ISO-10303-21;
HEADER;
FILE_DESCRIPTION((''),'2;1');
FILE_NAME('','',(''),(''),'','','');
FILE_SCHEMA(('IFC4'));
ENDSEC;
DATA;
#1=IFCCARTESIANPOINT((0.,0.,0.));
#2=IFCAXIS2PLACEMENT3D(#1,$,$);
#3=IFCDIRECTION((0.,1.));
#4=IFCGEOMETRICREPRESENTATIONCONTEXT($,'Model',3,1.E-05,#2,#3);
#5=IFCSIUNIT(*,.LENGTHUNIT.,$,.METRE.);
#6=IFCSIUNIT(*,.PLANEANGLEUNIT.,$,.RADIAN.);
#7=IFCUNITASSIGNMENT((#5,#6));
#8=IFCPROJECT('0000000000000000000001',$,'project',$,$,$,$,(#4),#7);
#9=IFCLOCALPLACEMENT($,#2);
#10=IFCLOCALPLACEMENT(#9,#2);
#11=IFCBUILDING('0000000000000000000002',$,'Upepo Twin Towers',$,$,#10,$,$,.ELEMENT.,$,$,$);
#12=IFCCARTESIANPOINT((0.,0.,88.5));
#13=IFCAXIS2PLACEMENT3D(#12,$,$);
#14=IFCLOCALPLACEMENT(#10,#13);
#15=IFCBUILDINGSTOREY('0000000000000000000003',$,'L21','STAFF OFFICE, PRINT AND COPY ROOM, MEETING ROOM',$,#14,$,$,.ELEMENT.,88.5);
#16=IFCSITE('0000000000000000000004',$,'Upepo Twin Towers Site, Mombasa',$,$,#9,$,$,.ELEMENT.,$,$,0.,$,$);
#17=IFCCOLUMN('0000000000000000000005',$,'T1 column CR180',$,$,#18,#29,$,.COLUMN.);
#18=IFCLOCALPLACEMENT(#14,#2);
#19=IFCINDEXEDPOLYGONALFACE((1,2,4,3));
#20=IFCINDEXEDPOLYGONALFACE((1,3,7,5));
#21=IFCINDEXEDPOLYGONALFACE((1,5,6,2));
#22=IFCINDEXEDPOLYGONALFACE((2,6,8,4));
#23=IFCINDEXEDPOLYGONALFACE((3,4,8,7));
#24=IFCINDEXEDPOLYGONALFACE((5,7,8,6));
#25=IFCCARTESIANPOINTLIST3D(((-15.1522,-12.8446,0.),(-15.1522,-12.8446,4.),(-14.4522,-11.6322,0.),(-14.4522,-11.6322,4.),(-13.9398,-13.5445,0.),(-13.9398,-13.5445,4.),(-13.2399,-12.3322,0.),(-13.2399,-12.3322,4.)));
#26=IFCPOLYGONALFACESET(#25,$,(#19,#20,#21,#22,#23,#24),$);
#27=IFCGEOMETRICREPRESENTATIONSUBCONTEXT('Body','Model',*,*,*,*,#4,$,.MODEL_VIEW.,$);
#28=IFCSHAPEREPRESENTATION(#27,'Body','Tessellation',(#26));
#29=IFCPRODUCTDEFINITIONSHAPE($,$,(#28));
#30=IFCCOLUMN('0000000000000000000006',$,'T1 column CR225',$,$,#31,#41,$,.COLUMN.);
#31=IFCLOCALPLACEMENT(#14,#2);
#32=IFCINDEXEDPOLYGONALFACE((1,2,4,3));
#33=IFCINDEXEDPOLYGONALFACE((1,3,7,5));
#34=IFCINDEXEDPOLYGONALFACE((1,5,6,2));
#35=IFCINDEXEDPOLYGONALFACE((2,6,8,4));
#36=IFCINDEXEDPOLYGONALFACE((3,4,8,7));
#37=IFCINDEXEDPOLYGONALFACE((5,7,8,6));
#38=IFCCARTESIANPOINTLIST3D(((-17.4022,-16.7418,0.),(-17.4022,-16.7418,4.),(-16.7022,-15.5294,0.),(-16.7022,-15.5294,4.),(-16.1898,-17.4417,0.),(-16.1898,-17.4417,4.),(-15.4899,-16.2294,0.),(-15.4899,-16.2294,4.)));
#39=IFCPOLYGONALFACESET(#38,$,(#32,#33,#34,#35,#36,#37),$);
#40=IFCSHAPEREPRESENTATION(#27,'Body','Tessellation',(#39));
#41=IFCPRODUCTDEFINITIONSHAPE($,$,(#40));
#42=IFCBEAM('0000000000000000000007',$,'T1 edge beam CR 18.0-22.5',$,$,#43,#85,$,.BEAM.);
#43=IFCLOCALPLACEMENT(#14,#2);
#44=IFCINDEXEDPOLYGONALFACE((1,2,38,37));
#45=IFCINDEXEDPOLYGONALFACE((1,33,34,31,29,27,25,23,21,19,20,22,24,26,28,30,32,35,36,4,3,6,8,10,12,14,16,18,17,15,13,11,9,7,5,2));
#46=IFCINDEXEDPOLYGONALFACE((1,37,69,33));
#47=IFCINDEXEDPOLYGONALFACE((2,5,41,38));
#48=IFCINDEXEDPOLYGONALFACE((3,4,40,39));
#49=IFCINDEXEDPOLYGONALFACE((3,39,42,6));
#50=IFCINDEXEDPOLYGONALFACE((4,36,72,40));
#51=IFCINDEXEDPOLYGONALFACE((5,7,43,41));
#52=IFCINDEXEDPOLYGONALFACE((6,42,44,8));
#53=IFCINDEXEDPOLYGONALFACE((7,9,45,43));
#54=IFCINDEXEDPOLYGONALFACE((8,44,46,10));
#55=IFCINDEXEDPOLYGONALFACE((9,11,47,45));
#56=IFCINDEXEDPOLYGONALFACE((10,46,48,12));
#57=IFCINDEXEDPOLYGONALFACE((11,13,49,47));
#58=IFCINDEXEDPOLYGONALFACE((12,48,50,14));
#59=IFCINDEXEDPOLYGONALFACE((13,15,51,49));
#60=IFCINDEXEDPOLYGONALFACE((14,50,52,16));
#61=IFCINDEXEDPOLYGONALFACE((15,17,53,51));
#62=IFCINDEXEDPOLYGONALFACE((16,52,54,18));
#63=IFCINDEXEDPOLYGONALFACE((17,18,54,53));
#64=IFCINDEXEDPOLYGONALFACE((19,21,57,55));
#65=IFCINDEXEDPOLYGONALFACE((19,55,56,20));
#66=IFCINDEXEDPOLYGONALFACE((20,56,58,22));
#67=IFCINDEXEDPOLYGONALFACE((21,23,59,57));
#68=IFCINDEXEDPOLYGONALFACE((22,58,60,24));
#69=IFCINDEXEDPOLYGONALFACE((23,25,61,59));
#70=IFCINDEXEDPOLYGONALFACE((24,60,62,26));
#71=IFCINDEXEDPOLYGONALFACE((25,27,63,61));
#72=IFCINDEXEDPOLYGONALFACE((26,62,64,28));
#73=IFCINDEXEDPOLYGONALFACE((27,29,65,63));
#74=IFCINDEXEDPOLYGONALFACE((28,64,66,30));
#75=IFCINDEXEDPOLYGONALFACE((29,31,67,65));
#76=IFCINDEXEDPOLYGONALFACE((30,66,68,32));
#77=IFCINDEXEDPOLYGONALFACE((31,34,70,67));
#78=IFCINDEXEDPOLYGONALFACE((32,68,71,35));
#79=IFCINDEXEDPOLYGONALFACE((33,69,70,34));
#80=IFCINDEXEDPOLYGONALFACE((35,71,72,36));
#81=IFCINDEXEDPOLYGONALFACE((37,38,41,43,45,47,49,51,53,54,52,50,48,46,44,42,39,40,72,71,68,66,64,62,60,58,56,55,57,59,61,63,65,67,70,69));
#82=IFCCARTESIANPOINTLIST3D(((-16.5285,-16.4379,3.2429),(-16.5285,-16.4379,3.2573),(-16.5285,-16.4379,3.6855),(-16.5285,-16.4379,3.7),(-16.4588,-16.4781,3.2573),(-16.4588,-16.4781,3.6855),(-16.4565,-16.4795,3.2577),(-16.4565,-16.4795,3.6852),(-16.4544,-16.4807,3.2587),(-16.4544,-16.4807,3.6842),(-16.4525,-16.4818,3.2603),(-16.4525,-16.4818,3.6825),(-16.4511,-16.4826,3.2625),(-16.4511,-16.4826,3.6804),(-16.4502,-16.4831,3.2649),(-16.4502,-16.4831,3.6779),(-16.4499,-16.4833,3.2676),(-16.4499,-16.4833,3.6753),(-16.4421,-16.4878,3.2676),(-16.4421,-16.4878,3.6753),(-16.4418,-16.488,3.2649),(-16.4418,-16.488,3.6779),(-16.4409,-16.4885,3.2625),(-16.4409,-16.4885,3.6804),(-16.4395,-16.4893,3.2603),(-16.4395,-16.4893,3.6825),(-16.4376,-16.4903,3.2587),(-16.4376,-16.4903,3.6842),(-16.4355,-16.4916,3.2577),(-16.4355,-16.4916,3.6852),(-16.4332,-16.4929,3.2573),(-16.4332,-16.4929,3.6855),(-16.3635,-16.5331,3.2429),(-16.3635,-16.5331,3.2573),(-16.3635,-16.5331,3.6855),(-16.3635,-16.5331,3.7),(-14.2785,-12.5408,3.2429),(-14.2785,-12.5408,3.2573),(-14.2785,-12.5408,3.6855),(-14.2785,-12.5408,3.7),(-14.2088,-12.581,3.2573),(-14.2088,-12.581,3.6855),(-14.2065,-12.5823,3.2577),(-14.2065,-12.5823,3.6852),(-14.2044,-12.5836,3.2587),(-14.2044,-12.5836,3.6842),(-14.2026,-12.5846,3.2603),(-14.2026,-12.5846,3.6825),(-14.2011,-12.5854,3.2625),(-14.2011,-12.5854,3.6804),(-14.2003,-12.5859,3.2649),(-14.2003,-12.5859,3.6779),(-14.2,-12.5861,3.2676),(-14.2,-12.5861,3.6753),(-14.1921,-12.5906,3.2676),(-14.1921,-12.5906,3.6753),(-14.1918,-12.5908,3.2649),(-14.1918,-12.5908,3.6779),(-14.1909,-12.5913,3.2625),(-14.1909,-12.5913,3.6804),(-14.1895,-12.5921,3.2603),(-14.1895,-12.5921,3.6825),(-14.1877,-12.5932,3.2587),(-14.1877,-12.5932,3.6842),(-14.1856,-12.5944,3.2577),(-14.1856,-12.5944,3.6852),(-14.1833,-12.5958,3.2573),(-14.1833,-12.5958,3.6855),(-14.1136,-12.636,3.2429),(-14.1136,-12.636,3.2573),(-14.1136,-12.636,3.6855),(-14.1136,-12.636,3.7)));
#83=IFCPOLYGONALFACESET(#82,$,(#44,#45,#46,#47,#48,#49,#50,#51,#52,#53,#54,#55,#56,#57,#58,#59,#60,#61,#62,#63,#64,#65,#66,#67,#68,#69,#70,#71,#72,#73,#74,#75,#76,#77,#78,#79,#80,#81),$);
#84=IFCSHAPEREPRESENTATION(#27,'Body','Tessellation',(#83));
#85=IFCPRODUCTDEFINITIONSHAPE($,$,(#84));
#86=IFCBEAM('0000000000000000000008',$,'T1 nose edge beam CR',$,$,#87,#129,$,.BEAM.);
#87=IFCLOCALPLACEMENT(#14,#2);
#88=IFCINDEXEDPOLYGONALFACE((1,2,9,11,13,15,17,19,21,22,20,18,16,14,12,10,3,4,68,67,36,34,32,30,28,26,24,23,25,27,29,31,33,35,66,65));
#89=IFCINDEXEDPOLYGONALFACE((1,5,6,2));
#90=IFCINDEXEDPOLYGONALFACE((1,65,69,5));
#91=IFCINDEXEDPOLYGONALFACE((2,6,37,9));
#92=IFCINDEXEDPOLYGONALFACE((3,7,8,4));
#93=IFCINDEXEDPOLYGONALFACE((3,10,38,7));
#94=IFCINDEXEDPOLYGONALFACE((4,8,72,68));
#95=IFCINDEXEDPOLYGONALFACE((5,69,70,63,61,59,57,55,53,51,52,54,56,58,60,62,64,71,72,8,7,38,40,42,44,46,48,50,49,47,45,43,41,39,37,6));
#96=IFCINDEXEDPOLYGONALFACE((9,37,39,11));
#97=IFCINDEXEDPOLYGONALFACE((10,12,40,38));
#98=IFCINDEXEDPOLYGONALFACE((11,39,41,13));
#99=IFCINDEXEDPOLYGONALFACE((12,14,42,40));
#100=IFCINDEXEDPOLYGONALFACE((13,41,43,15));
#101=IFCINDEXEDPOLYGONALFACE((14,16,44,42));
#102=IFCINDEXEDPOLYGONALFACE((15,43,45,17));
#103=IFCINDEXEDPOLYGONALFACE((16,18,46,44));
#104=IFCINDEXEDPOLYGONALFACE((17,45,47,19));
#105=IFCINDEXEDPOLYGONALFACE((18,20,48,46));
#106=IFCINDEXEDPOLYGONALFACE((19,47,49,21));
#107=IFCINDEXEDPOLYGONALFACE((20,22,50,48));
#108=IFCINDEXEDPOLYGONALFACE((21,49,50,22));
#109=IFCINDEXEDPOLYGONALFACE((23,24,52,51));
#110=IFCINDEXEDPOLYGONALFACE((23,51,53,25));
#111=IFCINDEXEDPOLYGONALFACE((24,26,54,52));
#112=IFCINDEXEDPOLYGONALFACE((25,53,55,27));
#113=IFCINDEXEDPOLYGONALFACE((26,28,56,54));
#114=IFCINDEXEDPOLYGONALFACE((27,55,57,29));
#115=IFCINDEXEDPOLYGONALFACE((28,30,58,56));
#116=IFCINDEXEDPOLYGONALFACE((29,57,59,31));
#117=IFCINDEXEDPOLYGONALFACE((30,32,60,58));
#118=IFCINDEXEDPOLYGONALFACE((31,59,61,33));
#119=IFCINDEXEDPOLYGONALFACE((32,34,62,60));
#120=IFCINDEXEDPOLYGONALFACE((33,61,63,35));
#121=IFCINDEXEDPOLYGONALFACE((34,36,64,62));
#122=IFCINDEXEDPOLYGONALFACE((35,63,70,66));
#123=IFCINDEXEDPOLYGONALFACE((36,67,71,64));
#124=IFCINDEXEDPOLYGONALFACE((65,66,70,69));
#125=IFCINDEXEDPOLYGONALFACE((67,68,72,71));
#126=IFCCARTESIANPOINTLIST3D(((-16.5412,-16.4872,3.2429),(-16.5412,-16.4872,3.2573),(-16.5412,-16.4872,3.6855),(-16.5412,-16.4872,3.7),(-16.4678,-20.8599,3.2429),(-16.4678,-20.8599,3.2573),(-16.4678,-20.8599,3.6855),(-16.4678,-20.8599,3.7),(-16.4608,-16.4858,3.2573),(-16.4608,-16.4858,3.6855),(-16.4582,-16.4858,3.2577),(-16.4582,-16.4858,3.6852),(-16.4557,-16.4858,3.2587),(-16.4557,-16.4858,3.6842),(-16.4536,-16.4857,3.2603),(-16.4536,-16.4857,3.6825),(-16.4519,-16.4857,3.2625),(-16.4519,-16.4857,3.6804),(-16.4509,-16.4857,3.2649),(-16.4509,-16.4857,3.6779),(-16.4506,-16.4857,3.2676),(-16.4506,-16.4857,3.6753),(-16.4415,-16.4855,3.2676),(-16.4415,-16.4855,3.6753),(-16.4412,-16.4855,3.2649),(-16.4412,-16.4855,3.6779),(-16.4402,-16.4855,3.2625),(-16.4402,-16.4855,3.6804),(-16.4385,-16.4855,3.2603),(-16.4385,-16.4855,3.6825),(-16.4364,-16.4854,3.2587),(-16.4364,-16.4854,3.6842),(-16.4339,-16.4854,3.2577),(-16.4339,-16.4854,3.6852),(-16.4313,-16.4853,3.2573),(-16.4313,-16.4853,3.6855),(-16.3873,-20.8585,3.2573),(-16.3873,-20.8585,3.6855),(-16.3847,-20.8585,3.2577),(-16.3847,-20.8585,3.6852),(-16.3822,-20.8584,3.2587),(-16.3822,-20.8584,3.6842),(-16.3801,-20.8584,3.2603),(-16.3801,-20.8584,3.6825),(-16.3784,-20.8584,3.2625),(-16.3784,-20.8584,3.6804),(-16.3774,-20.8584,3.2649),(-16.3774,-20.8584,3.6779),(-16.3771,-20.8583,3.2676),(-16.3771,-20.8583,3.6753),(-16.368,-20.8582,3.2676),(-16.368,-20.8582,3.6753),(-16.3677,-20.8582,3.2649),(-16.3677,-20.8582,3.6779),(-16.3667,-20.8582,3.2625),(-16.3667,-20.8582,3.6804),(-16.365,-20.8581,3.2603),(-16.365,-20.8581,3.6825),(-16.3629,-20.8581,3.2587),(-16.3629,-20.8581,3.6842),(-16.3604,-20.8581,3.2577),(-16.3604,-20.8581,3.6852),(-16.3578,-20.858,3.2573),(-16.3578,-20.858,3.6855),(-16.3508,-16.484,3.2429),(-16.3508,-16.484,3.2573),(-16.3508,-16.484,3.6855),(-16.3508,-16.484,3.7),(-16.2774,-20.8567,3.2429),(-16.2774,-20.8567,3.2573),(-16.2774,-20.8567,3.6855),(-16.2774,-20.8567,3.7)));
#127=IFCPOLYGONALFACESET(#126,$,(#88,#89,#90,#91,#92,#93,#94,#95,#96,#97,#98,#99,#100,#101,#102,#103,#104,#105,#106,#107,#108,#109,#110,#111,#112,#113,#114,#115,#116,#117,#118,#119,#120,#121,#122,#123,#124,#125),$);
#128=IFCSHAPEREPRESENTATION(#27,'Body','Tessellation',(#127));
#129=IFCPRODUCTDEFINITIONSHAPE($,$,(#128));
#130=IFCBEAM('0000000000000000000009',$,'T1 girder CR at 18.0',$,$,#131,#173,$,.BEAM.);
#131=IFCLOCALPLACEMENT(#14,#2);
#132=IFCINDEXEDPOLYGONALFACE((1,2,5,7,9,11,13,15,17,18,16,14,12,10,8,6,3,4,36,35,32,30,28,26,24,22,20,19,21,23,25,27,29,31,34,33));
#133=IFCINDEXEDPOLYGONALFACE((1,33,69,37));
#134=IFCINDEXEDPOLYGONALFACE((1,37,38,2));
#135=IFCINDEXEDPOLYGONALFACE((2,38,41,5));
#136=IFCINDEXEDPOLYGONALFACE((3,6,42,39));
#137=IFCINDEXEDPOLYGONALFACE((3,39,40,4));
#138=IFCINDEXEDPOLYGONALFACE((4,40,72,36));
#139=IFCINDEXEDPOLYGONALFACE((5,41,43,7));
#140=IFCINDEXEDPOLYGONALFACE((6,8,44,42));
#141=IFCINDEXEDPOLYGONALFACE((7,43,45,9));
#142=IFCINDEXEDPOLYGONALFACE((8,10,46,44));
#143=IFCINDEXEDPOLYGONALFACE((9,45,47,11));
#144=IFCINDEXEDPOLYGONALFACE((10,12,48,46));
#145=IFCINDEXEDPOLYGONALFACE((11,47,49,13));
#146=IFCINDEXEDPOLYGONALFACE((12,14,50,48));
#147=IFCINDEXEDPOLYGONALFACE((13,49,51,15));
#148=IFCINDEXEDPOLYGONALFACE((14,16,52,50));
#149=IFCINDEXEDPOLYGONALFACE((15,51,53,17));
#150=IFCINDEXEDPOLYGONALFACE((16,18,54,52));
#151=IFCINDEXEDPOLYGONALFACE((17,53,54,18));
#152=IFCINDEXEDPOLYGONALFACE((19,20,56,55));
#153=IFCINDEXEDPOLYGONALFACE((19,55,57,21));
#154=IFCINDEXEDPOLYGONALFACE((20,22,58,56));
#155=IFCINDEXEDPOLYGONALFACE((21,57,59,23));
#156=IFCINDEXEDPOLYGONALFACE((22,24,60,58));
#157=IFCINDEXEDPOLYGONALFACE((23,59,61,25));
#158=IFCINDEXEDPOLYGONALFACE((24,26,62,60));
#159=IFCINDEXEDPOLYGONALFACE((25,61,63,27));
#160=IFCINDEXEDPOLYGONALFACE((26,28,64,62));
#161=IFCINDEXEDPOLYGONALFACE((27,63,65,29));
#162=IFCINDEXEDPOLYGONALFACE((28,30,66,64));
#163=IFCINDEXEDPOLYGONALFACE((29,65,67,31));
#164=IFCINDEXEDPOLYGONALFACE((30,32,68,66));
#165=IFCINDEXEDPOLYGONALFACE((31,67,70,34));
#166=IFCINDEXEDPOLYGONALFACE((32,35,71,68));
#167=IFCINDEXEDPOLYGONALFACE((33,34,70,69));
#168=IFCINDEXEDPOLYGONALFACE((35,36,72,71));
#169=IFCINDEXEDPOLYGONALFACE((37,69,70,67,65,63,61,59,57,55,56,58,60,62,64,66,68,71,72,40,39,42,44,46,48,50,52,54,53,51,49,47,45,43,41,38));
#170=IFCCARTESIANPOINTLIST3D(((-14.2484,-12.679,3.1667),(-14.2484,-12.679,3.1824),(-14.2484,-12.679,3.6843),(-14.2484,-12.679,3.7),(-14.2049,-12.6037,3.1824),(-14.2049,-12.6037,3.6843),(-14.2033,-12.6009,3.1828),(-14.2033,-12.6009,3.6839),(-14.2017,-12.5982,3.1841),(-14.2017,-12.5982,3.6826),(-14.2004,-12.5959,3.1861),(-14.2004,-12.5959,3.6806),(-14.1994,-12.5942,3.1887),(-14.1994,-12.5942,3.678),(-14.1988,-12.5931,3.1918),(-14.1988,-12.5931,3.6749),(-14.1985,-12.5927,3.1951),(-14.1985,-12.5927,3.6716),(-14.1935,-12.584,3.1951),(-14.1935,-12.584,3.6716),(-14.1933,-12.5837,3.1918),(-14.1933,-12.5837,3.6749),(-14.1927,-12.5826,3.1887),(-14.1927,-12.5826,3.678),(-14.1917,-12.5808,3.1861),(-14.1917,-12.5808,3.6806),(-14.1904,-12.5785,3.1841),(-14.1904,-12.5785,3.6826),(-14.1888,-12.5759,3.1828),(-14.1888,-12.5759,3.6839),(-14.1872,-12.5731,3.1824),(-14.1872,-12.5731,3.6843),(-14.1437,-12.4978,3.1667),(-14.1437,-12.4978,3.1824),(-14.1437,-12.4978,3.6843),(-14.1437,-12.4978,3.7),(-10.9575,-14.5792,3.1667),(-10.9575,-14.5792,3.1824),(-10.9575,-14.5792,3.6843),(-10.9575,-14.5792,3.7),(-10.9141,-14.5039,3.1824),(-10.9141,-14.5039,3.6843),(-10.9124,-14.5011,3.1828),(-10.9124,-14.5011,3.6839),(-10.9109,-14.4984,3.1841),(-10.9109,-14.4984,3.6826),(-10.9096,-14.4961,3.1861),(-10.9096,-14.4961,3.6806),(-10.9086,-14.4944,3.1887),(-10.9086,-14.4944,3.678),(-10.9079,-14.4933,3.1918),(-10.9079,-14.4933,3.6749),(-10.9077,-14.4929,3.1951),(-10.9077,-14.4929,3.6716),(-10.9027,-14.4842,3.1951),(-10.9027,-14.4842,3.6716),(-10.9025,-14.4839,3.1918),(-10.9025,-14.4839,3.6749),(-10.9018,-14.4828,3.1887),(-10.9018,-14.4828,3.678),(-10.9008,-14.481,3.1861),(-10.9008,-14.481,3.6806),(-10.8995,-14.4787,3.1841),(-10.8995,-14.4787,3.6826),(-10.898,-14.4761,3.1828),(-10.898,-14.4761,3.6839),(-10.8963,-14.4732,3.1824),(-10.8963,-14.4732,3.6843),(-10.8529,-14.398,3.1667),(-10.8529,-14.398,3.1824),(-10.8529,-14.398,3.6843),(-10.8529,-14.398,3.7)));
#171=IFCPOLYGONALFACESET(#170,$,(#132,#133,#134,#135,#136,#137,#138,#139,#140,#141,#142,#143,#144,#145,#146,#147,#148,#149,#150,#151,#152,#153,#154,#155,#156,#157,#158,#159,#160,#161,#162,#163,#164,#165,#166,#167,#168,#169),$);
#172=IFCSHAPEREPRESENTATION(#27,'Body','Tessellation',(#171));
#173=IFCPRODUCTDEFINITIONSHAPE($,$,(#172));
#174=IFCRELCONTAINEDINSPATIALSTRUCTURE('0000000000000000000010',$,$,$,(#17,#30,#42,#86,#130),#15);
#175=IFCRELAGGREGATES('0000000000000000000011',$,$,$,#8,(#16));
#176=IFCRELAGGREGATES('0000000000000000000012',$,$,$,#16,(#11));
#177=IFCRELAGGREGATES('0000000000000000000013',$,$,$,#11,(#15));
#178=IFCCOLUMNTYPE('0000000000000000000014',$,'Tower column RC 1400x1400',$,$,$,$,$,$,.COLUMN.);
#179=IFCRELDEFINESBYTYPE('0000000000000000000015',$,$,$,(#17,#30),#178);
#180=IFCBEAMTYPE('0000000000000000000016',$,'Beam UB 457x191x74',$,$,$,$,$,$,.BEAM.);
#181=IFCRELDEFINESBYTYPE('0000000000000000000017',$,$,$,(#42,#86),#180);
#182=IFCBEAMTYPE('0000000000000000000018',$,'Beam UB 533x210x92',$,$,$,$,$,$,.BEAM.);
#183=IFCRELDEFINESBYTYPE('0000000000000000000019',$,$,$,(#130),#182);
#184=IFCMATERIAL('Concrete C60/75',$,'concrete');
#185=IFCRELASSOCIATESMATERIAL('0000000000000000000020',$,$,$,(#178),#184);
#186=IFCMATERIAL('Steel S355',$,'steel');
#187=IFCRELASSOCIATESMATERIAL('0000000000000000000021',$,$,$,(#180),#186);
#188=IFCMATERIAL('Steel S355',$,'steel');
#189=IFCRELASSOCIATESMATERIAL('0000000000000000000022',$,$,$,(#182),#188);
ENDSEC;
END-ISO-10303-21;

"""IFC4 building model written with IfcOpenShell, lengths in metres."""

from ifc_helpers import new_model, si_unit, direction, frame, origin, origin_2d, place, context, subcontext, project, spatial, rectangle, i_section, extrude, material, material_profile, profile_set, type_object, element, save


model = new_model("IFC4")

# Units and contexts
model_context = context("Model", 3, precision=1e-05, world=origin(), true_north=direction((0.0, 1.0)))
body_context = subcontext(model_context, "Body", "Model", "MODEL_VIEW")
ifc_project = project(units=[si_unit("LENGTHUNIT", "METRE"), si_unit("PLANEANGLEUNIT", "RADIAN")], contexts=[model_context])

# Site, building, storey
site_placement = place(None, origin())
site = spatial("IfcSite", under=ifc_project, at=site_placement, Name="Upepo Twin Towers Site, Mombasa", CompositionType="ELEMENT", RefElevation=0.0)
building_placement = place(site_placement, origin())
building = spatial("IfcBuilding", under=site, at=building_placement, Name="Upepo Twin Towers", CompositionType="ELEMENT")
storey_placement = place(building_placement, frame((0.0, 0.0, 88.5)))
storey = spatial("IfcBuildingStorey", under=building, at=storey_placement, Name="L21", Description="STAFF OFFICE, PRINT AND COPY ROOM, MEETING ROOM", CompositionType="ELEMENT", Elevation=88.5)

# Columns
ifc_material_1 = material(Name="Concrete C60/75", Category="concrete")
ifc_material_profile_1 = material_profile(ifc_material_1, rectangle(XDim=1.3999, YDim=1.3999, at=origin_2d()), Name="RC 1400x1400")
ifc_profile_set_1 = profile_set([ifc_material_profile_1], Name="Concrete C60/75")
column_type = type_object("IfcColumnType", Name="Tower column RC 1400x1400", PredefinedType="COLUMN", material=ifc_profile_set_1)
for number, where, z_axis, x_axis, name in (
    (1, (-14.196, -12.5884, 0.0), (0.0, 0.0, 1.0), (0.5, 0.866025, 0.0), "T1 column CR180"),
    (2, (-16.446, -16.4856, 0.0), (0.0, 0.0, 1.0), (0.5, 0.866025, 0.0), "T1 column CR225"),
):
    element("IfcColumn", number, at=place(storey_placement, frame(where, z_axis=z_axis, x_axis=x_axis)), inside=storey, type_object=column_type, Name=name, PredefinedType="COLUMN", context=body_context, shape_type="SweptSolid", body=[
        extrude(rectangle(XDim=1.3999, YDim=1.3999, at=origin_2d()), origin(), (0.0, 0.0, 1.0), 4.0),
    ])

# Beams
ifc_material_2 = material(Name="Steel S355", Category="steel")
ifc_material_profile_2 = material_profile(ifc_material_2, i_section(OverallWidth=0.1904, OverallDepth=0.457, WebThickness=0.009, FlangeThickness=0.0144, FilletRadius=0.0103, at=origin_2d()), Name="UB 457x191x74")
ifc_profile_set_2 = profile_set([ifc_material_profile_2], Name="Steel S355")
beam_type_1 = type_object("IfcBeamType", Name="Beam UB 457x191x74", PredefinedType="BEAM", material=ifc_profile_set_2)
beam_1_placement = place(storey_placement, frame((-14.196, -12.5884, 3.4714), z_axis=(-0.49999, -0.866031, 0.0), x_axis=(0.866031, -0.49999, 0.0)))
element("IfcBeam", 3, at=beam_1_placement, inside=storey, type_object=beam_type_1, Name="T1 edge beam CR 18.0-22.5", PredefinedType="BEAM", context=body_context, shape_type="SweptSolid", body=[
    extrude(i_section(OverallWidth=0.1904, OverallDepth=0.457, WebThickness=0.009, FlangeThickness=0.0144, FilletRadius=0.0103, at=origin_2d()), origin(), (0.0, 0.0, 1.0), 4.5),
])
beam_2_placement = place(storey_placement, frame((-16.446, -16.4856, 3.4714), z_axis=(0.016804, -0.999859, 0.0), x_axis=(0.999859, 0.016804, 0.0)))
element("IfcBeam", 4, at=beam_2_placement, inside=storey, type_object=beam_type_1, Name="T1 nose edge beam CR", PredefinedType="BEAM", context=body_context, shape_type="SweptSolid", body=[
    extrude(i_section(OverallWidth=0.1904, OverallDepth=0.457, WebThickness=0.009, FlangeThickness=0.0144, FilletRadius=0.0103, at=origin_2d()), origin(), (0.0, 0.0, 1.0), 4.3733),
])
ifc_material_3 = material(Name="Steel S355", Category="steel")
ifc_material_profile_3 = material_profile(ifc_material_3, i_section(OverallWidth=0.2092, OverallDepth=0.5332, WebThickness=0.01, FlangeThickness=0.0156, FilletRadius=0.0127, at=origin_2d()), Name="UB 533x210x92")
ifc_profile_set_3 = profile_set([ifc_material_profile_3], Name="Steel S355")
beam_type_2 = type_object("IfcBeamType", Name="Beam UB 533x210x92", PredefinedType="BEAM", material=ifc_profile_set_3)
beam_3_placement = place(storey_placement, frame((-14.196, -12.5884, 3.4333), z_axis=(0.866, -0.500043, 0.0), x_axis=(0.500043, 0.866, 0.0)))
element("IfcBeam", 5, at=beam_3_placement, inside=storey, type_object=beam_type_2, Name="T1 girder CR at 18.0", PredefinedType="BEAM", context=body_context, shape_type="SweptSolid", body=[
    extrude(i_section(OverallWidth=0.2092, OverallDepth=0.5332, WebThickness=0.01, FlangeThickness=0.0156, FilletRadius=0.0127, at=origin_2d()), origin(), (0.0, 0.0, 1.0), 3.8),
])

save(model, "model.ifc")
